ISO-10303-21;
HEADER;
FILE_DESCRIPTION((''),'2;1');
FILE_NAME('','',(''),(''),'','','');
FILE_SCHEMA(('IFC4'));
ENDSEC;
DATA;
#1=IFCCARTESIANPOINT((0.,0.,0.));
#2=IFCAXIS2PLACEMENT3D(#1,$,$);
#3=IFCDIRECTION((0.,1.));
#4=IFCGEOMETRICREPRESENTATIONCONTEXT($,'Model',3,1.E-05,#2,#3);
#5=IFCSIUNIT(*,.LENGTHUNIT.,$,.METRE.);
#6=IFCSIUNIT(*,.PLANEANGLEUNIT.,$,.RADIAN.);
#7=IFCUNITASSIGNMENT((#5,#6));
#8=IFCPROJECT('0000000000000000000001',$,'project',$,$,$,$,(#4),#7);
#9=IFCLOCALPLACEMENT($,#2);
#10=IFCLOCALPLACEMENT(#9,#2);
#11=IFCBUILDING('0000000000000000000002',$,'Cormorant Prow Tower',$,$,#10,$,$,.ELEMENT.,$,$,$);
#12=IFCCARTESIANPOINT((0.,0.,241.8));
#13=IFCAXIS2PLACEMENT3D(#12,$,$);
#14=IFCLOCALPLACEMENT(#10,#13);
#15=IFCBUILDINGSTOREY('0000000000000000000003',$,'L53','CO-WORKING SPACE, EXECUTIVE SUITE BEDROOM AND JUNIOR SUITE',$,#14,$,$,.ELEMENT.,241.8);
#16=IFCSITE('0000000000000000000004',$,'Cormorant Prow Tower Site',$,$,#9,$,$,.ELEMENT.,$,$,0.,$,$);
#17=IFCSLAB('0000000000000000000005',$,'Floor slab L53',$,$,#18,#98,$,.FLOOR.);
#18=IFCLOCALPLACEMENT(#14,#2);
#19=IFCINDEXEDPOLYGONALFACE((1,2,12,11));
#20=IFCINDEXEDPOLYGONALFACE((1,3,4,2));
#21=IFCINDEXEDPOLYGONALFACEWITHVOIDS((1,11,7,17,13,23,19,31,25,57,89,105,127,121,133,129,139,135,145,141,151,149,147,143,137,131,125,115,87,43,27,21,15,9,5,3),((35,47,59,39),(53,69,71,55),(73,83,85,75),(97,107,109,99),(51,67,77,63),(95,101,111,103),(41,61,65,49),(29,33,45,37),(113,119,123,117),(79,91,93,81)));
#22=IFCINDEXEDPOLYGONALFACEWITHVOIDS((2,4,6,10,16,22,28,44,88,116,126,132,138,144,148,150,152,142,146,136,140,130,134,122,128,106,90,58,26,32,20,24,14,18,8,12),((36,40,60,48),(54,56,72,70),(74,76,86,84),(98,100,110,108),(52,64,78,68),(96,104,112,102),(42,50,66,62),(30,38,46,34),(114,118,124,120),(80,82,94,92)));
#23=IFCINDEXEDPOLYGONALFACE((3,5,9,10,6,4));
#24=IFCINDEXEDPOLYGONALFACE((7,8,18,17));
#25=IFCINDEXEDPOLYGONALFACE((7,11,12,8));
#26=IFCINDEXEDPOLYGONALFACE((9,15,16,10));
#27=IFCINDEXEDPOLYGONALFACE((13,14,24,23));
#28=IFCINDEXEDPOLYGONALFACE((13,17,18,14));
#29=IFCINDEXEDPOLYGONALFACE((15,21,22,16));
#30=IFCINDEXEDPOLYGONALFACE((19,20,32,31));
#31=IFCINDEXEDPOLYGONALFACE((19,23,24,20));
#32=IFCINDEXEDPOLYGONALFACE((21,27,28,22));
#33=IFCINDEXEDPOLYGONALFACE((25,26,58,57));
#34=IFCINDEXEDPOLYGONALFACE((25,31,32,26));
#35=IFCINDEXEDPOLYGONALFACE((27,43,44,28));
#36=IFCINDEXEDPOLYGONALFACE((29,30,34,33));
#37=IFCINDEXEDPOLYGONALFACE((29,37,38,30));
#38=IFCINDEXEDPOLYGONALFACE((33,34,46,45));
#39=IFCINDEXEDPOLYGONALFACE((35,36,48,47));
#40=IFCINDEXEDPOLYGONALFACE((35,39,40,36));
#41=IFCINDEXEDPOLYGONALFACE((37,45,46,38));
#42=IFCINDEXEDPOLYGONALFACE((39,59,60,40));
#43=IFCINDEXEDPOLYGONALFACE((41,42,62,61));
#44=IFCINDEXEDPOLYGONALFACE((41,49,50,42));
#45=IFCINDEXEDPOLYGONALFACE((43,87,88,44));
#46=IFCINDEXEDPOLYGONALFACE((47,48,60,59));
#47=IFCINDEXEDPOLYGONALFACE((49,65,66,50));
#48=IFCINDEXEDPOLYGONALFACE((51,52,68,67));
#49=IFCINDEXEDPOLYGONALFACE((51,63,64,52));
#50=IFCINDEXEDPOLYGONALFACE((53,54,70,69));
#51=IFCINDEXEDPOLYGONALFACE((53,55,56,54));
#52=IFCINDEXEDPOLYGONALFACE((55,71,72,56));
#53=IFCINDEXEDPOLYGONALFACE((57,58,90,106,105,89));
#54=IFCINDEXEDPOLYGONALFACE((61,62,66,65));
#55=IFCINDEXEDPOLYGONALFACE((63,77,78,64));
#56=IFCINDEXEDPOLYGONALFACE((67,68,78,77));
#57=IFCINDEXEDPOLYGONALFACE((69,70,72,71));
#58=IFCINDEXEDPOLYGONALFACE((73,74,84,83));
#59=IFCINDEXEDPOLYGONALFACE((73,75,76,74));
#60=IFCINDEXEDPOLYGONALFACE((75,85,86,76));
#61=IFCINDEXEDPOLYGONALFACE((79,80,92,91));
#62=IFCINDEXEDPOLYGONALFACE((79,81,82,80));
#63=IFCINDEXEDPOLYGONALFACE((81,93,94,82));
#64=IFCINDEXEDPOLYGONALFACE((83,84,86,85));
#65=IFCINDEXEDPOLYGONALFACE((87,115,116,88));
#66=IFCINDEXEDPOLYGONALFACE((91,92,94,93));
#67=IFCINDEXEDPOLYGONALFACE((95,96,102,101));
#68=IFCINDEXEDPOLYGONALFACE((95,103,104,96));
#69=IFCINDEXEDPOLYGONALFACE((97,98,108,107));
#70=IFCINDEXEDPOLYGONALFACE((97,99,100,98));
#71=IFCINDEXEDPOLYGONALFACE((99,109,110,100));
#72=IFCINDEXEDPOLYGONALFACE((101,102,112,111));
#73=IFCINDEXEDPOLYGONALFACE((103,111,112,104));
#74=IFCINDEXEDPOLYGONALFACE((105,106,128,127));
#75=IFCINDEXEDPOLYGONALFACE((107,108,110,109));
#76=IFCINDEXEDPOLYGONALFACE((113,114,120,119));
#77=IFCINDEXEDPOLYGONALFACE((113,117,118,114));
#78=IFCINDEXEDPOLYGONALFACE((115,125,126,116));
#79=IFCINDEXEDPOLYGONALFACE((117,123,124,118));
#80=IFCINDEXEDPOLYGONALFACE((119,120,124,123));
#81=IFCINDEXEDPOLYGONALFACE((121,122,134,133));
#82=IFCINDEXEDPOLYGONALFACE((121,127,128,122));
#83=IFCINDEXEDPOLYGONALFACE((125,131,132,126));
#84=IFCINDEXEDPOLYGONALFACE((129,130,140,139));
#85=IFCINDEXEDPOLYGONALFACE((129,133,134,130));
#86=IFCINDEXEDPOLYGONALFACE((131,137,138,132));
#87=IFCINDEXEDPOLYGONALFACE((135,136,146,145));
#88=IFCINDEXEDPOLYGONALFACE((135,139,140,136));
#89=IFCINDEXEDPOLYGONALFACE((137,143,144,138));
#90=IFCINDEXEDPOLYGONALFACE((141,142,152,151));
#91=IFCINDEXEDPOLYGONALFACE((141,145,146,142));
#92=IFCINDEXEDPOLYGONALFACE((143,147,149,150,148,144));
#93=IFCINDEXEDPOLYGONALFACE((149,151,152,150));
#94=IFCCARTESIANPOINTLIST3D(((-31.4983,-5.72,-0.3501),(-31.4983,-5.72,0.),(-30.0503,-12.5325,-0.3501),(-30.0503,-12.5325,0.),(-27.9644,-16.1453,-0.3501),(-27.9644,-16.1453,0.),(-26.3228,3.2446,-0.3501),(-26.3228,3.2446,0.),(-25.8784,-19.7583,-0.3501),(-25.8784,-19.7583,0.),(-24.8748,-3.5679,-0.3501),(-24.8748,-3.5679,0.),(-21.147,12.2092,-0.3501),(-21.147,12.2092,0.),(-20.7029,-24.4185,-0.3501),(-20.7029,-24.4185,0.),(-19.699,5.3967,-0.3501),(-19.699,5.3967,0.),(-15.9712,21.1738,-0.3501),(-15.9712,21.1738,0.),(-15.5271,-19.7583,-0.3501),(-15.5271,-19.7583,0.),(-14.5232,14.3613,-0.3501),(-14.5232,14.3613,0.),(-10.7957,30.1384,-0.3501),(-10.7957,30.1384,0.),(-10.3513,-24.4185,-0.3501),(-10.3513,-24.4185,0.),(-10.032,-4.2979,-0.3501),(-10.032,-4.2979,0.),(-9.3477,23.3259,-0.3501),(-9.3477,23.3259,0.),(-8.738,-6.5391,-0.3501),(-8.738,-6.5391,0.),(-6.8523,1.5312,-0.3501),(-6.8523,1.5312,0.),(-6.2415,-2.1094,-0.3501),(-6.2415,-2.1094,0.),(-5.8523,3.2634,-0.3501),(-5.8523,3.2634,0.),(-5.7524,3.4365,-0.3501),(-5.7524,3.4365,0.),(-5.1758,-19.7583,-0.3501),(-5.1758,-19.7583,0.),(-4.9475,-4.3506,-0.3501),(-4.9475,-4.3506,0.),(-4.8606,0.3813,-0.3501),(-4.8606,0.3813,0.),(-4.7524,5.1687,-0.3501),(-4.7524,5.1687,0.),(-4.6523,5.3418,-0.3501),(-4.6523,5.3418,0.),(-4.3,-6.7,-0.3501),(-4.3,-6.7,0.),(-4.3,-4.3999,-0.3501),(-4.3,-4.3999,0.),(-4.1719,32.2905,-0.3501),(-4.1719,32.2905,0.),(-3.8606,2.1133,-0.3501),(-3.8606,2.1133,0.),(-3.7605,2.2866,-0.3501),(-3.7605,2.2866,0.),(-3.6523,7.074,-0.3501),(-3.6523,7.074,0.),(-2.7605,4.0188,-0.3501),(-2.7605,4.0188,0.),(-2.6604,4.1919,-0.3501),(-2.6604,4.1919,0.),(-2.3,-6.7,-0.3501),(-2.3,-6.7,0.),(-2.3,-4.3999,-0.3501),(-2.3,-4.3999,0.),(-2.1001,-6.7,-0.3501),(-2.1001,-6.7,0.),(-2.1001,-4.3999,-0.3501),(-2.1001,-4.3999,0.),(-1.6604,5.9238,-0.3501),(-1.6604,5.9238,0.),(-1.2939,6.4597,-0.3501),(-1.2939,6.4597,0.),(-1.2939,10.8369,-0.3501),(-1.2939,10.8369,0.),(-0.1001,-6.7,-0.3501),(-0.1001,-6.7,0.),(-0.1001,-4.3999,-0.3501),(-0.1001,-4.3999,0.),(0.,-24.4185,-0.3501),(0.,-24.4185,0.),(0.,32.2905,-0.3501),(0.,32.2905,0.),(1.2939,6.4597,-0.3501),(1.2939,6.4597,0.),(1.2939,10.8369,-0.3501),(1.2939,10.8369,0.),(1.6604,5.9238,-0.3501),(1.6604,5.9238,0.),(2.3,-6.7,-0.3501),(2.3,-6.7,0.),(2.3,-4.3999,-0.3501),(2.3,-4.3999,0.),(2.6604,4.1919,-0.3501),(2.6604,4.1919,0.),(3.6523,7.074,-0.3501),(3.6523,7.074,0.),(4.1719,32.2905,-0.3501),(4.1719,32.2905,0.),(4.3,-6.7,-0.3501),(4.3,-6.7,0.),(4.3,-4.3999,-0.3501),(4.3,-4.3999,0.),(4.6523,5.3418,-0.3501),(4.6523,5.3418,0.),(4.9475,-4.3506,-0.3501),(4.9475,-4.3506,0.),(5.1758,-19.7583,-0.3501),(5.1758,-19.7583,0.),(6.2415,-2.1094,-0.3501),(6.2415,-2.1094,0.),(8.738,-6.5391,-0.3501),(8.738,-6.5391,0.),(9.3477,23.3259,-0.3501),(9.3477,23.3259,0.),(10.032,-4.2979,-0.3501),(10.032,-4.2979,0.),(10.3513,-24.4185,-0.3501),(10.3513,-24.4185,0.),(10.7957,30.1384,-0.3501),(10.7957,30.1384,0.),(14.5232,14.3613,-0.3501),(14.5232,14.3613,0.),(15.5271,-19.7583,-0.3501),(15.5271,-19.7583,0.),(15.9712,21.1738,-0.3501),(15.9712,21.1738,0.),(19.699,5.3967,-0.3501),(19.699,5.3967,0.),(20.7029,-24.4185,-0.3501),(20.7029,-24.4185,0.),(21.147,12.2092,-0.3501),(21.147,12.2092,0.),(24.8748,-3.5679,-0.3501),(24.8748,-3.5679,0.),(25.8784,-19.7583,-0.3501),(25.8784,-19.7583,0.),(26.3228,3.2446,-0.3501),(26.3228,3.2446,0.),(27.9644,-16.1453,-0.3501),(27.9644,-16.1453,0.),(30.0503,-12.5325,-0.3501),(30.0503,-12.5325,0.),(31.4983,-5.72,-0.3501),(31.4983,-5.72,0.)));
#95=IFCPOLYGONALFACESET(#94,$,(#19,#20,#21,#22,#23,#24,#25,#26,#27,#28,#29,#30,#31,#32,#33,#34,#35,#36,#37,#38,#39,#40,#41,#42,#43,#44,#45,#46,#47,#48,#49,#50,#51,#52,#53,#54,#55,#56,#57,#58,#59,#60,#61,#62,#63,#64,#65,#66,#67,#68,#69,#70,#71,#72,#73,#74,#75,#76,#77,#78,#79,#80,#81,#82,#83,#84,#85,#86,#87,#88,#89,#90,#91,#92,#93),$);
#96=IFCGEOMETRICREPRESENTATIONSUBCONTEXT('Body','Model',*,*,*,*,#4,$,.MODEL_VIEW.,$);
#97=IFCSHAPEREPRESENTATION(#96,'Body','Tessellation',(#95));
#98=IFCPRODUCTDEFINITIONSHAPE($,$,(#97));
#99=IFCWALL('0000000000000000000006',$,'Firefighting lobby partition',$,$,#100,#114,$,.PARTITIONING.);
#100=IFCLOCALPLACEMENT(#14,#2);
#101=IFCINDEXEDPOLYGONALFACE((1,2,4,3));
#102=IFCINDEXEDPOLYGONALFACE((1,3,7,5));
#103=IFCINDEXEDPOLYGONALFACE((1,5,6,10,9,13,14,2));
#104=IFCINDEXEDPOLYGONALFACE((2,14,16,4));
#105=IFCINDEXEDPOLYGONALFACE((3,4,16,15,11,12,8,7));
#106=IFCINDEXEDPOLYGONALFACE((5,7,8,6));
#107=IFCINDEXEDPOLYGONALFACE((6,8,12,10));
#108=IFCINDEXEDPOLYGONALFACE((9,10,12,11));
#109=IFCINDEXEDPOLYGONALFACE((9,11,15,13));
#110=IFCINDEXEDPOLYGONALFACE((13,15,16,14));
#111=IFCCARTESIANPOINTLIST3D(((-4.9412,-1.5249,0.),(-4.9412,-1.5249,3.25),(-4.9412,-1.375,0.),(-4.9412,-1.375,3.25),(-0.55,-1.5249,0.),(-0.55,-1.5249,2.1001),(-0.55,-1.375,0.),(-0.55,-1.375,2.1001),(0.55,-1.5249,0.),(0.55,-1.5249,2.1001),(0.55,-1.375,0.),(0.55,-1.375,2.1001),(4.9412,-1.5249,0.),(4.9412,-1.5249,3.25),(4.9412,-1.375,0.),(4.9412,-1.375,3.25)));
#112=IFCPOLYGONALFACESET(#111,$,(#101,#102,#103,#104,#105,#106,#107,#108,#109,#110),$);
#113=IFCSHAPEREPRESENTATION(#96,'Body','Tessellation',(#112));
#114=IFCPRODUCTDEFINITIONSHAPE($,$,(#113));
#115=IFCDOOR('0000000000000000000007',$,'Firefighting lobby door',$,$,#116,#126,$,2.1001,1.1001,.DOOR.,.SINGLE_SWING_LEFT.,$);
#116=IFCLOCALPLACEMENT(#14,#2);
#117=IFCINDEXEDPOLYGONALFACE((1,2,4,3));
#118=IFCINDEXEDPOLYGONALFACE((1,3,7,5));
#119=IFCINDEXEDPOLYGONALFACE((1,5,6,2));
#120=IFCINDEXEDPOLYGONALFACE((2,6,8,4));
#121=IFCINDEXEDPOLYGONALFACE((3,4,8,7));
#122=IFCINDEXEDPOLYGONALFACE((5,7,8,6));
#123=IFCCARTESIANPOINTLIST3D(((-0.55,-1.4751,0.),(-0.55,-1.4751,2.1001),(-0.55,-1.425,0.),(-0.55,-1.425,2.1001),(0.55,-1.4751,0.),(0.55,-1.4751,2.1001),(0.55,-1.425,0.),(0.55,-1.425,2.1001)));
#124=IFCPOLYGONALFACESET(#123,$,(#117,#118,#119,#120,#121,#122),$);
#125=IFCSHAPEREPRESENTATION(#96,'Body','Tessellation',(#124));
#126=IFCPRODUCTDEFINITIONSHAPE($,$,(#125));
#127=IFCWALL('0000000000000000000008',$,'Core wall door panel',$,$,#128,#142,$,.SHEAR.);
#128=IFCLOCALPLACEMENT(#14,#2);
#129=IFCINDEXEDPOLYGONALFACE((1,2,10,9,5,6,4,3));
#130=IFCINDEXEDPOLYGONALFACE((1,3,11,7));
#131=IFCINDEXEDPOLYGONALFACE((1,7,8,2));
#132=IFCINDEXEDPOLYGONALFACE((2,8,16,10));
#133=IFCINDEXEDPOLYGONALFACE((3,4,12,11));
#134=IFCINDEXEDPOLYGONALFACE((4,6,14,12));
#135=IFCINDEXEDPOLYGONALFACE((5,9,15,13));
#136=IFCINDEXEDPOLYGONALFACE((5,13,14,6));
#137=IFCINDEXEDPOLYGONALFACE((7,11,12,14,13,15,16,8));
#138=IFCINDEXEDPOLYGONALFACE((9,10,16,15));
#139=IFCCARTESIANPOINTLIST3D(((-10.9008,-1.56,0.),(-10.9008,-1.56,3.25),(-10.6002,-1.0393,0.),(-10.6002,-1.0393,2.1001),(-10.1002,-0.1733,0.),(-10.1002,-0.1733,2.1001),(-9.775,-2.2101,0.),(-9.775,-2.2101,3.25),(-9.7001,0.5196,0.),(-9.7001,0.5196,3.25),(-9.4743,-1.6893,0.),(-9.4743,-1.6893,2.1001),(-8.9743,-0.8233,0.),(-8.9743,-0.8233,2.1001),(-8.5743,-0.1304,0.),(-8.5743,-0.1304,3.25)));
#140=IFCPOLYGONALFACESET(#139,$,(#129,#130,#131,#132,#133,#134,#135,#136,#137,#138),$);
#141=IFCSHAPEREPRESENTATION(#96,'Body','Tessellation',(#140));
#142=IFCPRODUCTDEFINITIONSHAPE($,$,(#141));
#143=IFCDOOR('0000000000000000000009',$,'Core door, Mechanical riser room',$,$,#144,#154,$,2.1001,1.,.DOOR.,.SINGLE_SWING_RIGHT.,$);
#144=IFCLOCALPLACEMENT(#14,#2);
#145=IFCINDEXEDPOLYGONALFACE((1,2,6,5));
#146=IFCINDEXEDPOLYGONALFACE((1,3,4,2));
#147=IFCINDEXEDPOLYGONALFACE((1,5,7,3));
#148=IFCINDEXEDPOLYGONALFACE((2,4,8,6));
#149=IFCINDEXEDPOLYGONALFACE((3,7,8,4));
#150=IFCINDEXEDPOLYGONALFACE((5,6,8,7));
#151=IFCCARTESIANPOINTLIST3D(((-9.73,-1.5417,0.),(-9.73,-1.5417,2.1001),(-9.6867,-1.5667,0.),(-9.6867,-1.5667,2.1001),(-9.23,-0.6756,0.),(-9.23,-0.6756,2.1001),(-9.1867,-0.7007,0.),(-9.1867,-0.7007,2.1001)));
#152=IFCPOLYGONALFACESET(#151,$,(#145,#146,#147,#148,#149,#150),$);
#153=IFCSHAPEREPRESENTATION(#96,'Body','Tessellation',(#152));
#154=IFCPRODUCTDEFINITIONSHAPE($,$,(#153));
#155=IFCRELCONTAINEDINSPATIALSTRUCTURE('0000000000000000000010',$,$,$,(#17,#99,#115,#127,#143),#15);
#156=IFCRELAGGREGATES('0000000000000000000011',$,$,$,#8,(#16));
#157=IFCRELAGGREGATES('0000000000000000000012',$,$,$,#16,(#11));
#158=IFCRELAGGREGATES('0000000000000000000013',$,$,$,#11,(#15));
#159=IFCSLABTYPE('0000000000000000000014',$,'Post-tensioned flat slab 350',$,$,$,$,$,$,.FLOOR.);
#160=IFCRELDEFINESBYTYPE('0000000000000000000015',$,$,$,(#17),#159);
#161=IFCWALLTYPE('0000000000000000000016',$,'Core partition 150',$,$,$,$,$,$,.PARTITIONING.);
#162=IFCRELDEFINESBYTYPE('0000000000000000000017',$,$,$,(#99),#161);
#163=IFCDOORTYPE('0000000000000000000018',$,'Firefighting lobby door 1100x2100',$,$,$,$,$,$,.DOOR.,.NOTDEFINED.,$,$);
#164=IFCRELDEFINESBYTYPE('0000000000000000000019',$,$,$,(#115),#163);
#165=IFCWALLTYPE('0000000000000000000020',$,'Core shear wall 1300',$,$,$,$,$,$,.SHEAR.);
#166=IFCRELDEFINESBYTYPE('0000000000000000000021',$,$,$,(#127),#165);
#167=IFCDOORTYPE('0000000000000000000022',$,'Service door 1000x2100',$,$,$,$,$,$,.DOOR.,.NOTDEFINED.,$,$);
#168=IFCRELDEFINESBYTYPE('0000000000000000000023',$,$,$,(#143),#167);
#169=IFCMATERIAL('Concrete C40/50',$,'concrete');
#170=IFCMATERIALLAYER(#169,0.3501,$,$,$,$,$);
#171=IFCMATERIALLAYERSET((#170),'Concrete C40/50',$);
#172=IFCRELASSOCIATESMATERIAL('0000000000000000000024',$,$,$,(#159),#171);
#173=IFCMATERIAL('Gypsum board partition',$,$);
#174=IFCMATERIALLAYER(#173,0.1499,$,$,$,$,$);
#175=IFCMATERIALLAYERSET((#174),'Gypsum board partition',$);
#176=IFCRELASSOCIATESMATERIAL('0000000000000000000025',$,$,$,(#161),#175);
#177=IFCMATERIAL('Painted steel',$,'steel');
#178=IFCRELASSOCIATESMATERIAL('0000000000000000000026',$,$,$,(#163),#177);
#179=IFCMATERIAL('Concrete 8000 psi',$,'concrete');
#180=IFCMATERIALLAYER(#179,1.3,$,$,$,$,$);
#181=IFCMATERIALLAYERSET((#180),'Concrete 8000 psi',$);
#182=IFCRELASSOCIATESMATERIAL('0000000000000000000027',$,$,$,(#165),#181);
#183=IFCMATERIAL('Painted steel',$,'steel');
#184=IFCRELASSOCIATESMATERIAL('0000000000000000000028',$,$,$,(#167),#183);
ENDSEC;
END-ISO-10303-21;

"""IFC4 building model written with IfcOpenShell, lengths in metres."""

from ifc_helpers import new_model, si_unit, direction, frame, frame_2d, origin, place, context, subcontext, project, spatial, polyline, rectangle, outline, extrude, material, layer, layer_set, type_object, element, fill, save


model = new_model("IFC4")

# Units and contexts
model_context = context("Model", 3, precision=1e-05, world=origin(), true_north=direction((0.0, 1.0)))
body_context = subcontext(model_context, "Body", "Model", "MODEL_VIEW")
ifc_project = project(units=[si_unit("LENGTHUNIT", "METRE"), si_unit("PLANEANGLEUNIT", "RADIAN")], contexts=[model_context])

# Site, building, storey
site_placement = place(None, origin())
site = spatial("IfcSite", under=ifc_project, at=site_placement, Name="Cormorant Prow Tower Site", CompositionType="ELEMENT", RefElevation=0.0)
building_placement = place(site_placement, origin())
building = spatial("IfcBuilding", under=site, at=building_placement, Name="Cormorant Prow Tower", CompositionType="ELEMENT")
storey_placement = place(building_placement, frame((0.0, 0.0, 241.8)))
storey = spatial("IfcBuildingStorey", under=building, at=storey_placement, Name="L53", Description="CO-WORKING SPACE, EXECUTIVE SUITE BEDROOM AND JUNIOR SUITE", CompositionType="ELEMENT", Elevation=241.8)

# Slab
ifc_material_1 = material(Name="Concrete C40/50", Category="concrete")
ifc_layer_1 = layer(ifc_material_1, 0.3501)
ifc_layer_set_1 = layer_set([ifc_layer_1], Name="Concrete C40/50")
slab_type_1 = type_object("IfcSlabType", Name="Post-tensioned flat slab 350", PredefinedType="FLOOR", material=ifc_layer_set_1)
slab_1_placement = place(storey_placement, frame((0.0, 0.0, -0.3501)))
element("IfcSlab", 1, at=slab_1_placement, inside=storey, type_object=slab_type_1, Name="Floor slab L53", PredefinedType="FLOOR", context=body_context, shape_type="SweptSolid", body=[
    extrude(outline(polyline([(-9.3477, 23.3259), (-15.9712, 21.1738), (-14.5232, 14.3613), (-21.147, 12.2092), (-19.699, 5.3967), (-26.3228, 3.2446), (-24.8748, -3.5679), (-31.4983, -5.72), (-30.0503, -12.5325), (-27.9644, -16.1453), (-25.8784, -19.7583), (-20.7029, -24.4185), (-15.5271, -19.7583), (-10.3513, -24.4185), (-5.1758, -19.7583), (0.0, -24.4185), (5.1758, -19.7583), (10.3513, -24.4185), (15.5271, -19.7583), (20.7029, -24.4185), (25.8784, -19.7583), (27.9644, -16.1453), (30.0503, -12.5325), (31.4983, -5.72), (24.8748, -3.5679), (26.3228, 3.2446), (19.699, 5.3967), (21.147, 12.2092), (14.5232, 14.3613), (15.9712, 21.1738), (9.3477, 23.3259), (10.7957, 30.1384), (4.1719, 32.2905), (0.0, 32.2905), (-4.1719, 32.2905), (-10.7957, 30.1384), (-9.3477, 23.3259)]), holes=[polyline([(-4.3, -4.3999), (-2.3, -4.3999), (-2.3, -6.7), (-4.3, -6.7), (-4.3, -4.3999)]), polyline([(-0.1001, -4.3999), (-0.1001, -6.7), (-2.1001, -6.7), (-2.1001, -4.3999), (-0.1001, -4.3999)]), polyline([(4.3, -6.7), (2.3, -6.7), (2.3, -4.3999), (4.3, -4.3999), (4.3, -6.7)]), polyline([(4.6523, 5.3418), (2.6604, 4.1919), (1.6604, 5.9238), (3.6523, 7.074), (4.6523, 5.3418)]), polyline([(-1.6604, 5.9238), (-2.6604, 4.1919), (-4.6523, 5.3418), (-3.6523, 7.074), (-1.6604, 5.9238)]), polyline([(-3.7605, 2.2866), (-5.7524, 3.4365), (-4.7524, 5.1687), (-2.7605, 4.0188), (-3.7605, 2.2866)]), polyline([(-6.8523, 1.5312), (-5.8523, 3.2634), (-3.8606, 2.1133), (-4.8606, 0.3813), (-6.8523, 1.5312)]), polyline([(-4.9475, -4.3506), (-8.738, -6.5391), (-10.032, -4.2979), (-6.2415, -2.1094), (-4.9475, -4.3506)]), polyline([(10.032, -4.2979), (8.738, -6.5391), (4.9475, -4.3506), (6.2415, -2.1094), (10.032, -4.2979)]), polyline([(1.2939, 10.8369), (1.2939, 6.4597), (-1.2939, 6.4597), (-1.2939, 10.8369), (1.2939, 10.8369)])]), origin(), (0.0, 0.0, 1.0), 0.3501),
])

# Walls, openings, doors
ifc_material_2 = material(Name="Gypsum board partition")
ifc_layer_2 = layer(ifc_material_2, 0.1499)
ifc_layer_set_2 = layer_set([ifc_layer_2], Name="Gypsum board partition")
wall_type_1 = type_object("IfcWallType", Name="Core partition 150", PredefinedType="PARTITIONING", material=ifc_layer_set_2)
wall_1_placement = place(storey_placement, frame((-4.9412, -1.45, 0.0), z_axis=(0.0, 0.0, 1.0), x_axis=(1.0, 0.0, 0.0)))
wall_1 = element("IfcWall", 2, at=wall_1_placement, inside=storey, type_object=wall_type_1, Name="Firefighting lobby partition", PredefinedType="PARTITIONING", context=body_context, shape_type="SweptSolid", body=[
    extrude(rectangle(XDim=9.8823, YDim=0.1499, at=frame_2d((4.9412, 0.0))), origin(), (0.0, 0.0, 1.0), 3.25),
])
opening_1_placement = place(wall_1_placement, frame((4.3911, 0.0, 0.0)))
opening_1 = element("IfcOpeningElement", 3, at=opening_1_placement, cuts=wall_1, PredefinedType="OPENING", context=body_context, shape_type="SweptSolid", body=[
    extrude(rectangle(XDim=1.1001, YDim=2.1001, at=frame_2d((0.55, 1.05))), frame((0.0, 0.085, 0.0), z_axis=(0.0, -1.0, 0.0), x_axis=(1.0, 0.0, 0.0)), (0.0, 0.0, 1.0), 0.1699),
])
ifc_material_3 = material(Name="Painted steel", Category="steel")
door_type_1 = type_object("IfcDoorType", Name="Firefighting lobby door 1100x2100", OperationType="NOTDEFINED", PredefinedType="DOOR", material=ifc_material_3)
door_1_placement = place(opening_1_placement, origin())
door_1 = element("IfcDoor", 4, at=door_1_placement, inside=storey, type_object=door_type_1, Name="Firefighting lobby door", OperationType="SINGLE_SWING_LEFT", OverallHeight=2.1001, OverallWidth=1.1001, PredefinedType="DOOR", context=body_context, shape_type="SweptSolid", body=[
    extrude(rectangle(XDim=1.1001, YDim=2.1001, at=frame_2d((0.55, 1.05))), frame((0.0, 0.0249, 0.0), z_axis=(0.0, -1.0, 0.0), x_axis=(1.0, 0.0, 0.0)), (0.0, 0.0, 1.0), 0.05),
])
fill(opening_1, door_1)
ifc_material_4 = material(Name="Concrete 8000 psi", Category="concrete")
ifc_layer_3 = layer(ifc_material_4, 1.3)
ifc_layer_set_3 = layer_set([ifc_layer_3], Name="Concrete 8000 psi")
wall_type_2 = type_object("IfcWallType", Name="Core shear wall 1300", PredefinedType="SHEAR", material=ifc_layer_set_3)
wall_2_placement = place(storey_placement, frame((-9.1372, 0.1946, 0.0), z_axis=(0.0, 0.0, 1.0), x_axis=(-0.50001, -0.86602, 0.0)))
wall_2 = element("IfcWall", 5, at=wall_2_placement, inside=storey, type_object=wall_type_2, Name="Core wall door panel", PredefinedType="SHEAR", context=body_context, shape_type="SweptSolid", body=[
    extrude(rectangle(XDim=2.4014, YDim=1.3, at=frame_2d((1.2007, 0.0))), origin(), (0.0, 0.0, 1.0), 3.25),
])
opening_2_placement = place(wall_2_placement, frame((0.8, 0.0, 0.0)))
opening_2 = element("IfcOpeningElement", 6, at=opening_2_placement, cuts=wall_2, PredefinedType="OPENING", context=body_context, shape_type="SweptSolid", body=[
    extrude(rectangle(XDim=1.0, YDim=2.1001, at=frame_2d((0.5, 1.05))), frame((0.0, 0.6599, 0.0), z_axis=(0.0, -1.0, 0.0), x_axis=(1.0, 0.0, 0.0)), (0.0, 0.0, 1.0), 1.3201),
])
ifc_material_5 = material(Name="Painted steel", Category="steel")
door_type_2 = type_object("IfcDoorType", Name="Service door 1000x2100", OperationType="NOTDEFINED", PredefinedType="DOOR", material=ifc_material_5)
door_2_placement = place(opening_2_placement, origin())
door_2 = element("IfcDoor", 7, at=door_2_placement, inside=storey, type_object=door_type_2, Name="Core door, Mechanical riser room", OperationType="SINGLE_SWING_RIGHT", OverallHeight=2.1001, OverallWidth=1.0, PredefinedType="DOOR", context=body_context, shape_type="SweptSolid", body=[
    extrude(rectangle(XDim=1.0, YDim=2.1001, at=frame_2d((0.5, 1.05))), frame((0.0, 0.4048, 0.0), z_axis=(0.0, -1.0, 0.0), x_axis=(1.0, 0.0, 0.0)), (0.0, 0.0, 1.0), 0.05),
])
fill(opening_2, door_2)

save(model, "model.ifc")
